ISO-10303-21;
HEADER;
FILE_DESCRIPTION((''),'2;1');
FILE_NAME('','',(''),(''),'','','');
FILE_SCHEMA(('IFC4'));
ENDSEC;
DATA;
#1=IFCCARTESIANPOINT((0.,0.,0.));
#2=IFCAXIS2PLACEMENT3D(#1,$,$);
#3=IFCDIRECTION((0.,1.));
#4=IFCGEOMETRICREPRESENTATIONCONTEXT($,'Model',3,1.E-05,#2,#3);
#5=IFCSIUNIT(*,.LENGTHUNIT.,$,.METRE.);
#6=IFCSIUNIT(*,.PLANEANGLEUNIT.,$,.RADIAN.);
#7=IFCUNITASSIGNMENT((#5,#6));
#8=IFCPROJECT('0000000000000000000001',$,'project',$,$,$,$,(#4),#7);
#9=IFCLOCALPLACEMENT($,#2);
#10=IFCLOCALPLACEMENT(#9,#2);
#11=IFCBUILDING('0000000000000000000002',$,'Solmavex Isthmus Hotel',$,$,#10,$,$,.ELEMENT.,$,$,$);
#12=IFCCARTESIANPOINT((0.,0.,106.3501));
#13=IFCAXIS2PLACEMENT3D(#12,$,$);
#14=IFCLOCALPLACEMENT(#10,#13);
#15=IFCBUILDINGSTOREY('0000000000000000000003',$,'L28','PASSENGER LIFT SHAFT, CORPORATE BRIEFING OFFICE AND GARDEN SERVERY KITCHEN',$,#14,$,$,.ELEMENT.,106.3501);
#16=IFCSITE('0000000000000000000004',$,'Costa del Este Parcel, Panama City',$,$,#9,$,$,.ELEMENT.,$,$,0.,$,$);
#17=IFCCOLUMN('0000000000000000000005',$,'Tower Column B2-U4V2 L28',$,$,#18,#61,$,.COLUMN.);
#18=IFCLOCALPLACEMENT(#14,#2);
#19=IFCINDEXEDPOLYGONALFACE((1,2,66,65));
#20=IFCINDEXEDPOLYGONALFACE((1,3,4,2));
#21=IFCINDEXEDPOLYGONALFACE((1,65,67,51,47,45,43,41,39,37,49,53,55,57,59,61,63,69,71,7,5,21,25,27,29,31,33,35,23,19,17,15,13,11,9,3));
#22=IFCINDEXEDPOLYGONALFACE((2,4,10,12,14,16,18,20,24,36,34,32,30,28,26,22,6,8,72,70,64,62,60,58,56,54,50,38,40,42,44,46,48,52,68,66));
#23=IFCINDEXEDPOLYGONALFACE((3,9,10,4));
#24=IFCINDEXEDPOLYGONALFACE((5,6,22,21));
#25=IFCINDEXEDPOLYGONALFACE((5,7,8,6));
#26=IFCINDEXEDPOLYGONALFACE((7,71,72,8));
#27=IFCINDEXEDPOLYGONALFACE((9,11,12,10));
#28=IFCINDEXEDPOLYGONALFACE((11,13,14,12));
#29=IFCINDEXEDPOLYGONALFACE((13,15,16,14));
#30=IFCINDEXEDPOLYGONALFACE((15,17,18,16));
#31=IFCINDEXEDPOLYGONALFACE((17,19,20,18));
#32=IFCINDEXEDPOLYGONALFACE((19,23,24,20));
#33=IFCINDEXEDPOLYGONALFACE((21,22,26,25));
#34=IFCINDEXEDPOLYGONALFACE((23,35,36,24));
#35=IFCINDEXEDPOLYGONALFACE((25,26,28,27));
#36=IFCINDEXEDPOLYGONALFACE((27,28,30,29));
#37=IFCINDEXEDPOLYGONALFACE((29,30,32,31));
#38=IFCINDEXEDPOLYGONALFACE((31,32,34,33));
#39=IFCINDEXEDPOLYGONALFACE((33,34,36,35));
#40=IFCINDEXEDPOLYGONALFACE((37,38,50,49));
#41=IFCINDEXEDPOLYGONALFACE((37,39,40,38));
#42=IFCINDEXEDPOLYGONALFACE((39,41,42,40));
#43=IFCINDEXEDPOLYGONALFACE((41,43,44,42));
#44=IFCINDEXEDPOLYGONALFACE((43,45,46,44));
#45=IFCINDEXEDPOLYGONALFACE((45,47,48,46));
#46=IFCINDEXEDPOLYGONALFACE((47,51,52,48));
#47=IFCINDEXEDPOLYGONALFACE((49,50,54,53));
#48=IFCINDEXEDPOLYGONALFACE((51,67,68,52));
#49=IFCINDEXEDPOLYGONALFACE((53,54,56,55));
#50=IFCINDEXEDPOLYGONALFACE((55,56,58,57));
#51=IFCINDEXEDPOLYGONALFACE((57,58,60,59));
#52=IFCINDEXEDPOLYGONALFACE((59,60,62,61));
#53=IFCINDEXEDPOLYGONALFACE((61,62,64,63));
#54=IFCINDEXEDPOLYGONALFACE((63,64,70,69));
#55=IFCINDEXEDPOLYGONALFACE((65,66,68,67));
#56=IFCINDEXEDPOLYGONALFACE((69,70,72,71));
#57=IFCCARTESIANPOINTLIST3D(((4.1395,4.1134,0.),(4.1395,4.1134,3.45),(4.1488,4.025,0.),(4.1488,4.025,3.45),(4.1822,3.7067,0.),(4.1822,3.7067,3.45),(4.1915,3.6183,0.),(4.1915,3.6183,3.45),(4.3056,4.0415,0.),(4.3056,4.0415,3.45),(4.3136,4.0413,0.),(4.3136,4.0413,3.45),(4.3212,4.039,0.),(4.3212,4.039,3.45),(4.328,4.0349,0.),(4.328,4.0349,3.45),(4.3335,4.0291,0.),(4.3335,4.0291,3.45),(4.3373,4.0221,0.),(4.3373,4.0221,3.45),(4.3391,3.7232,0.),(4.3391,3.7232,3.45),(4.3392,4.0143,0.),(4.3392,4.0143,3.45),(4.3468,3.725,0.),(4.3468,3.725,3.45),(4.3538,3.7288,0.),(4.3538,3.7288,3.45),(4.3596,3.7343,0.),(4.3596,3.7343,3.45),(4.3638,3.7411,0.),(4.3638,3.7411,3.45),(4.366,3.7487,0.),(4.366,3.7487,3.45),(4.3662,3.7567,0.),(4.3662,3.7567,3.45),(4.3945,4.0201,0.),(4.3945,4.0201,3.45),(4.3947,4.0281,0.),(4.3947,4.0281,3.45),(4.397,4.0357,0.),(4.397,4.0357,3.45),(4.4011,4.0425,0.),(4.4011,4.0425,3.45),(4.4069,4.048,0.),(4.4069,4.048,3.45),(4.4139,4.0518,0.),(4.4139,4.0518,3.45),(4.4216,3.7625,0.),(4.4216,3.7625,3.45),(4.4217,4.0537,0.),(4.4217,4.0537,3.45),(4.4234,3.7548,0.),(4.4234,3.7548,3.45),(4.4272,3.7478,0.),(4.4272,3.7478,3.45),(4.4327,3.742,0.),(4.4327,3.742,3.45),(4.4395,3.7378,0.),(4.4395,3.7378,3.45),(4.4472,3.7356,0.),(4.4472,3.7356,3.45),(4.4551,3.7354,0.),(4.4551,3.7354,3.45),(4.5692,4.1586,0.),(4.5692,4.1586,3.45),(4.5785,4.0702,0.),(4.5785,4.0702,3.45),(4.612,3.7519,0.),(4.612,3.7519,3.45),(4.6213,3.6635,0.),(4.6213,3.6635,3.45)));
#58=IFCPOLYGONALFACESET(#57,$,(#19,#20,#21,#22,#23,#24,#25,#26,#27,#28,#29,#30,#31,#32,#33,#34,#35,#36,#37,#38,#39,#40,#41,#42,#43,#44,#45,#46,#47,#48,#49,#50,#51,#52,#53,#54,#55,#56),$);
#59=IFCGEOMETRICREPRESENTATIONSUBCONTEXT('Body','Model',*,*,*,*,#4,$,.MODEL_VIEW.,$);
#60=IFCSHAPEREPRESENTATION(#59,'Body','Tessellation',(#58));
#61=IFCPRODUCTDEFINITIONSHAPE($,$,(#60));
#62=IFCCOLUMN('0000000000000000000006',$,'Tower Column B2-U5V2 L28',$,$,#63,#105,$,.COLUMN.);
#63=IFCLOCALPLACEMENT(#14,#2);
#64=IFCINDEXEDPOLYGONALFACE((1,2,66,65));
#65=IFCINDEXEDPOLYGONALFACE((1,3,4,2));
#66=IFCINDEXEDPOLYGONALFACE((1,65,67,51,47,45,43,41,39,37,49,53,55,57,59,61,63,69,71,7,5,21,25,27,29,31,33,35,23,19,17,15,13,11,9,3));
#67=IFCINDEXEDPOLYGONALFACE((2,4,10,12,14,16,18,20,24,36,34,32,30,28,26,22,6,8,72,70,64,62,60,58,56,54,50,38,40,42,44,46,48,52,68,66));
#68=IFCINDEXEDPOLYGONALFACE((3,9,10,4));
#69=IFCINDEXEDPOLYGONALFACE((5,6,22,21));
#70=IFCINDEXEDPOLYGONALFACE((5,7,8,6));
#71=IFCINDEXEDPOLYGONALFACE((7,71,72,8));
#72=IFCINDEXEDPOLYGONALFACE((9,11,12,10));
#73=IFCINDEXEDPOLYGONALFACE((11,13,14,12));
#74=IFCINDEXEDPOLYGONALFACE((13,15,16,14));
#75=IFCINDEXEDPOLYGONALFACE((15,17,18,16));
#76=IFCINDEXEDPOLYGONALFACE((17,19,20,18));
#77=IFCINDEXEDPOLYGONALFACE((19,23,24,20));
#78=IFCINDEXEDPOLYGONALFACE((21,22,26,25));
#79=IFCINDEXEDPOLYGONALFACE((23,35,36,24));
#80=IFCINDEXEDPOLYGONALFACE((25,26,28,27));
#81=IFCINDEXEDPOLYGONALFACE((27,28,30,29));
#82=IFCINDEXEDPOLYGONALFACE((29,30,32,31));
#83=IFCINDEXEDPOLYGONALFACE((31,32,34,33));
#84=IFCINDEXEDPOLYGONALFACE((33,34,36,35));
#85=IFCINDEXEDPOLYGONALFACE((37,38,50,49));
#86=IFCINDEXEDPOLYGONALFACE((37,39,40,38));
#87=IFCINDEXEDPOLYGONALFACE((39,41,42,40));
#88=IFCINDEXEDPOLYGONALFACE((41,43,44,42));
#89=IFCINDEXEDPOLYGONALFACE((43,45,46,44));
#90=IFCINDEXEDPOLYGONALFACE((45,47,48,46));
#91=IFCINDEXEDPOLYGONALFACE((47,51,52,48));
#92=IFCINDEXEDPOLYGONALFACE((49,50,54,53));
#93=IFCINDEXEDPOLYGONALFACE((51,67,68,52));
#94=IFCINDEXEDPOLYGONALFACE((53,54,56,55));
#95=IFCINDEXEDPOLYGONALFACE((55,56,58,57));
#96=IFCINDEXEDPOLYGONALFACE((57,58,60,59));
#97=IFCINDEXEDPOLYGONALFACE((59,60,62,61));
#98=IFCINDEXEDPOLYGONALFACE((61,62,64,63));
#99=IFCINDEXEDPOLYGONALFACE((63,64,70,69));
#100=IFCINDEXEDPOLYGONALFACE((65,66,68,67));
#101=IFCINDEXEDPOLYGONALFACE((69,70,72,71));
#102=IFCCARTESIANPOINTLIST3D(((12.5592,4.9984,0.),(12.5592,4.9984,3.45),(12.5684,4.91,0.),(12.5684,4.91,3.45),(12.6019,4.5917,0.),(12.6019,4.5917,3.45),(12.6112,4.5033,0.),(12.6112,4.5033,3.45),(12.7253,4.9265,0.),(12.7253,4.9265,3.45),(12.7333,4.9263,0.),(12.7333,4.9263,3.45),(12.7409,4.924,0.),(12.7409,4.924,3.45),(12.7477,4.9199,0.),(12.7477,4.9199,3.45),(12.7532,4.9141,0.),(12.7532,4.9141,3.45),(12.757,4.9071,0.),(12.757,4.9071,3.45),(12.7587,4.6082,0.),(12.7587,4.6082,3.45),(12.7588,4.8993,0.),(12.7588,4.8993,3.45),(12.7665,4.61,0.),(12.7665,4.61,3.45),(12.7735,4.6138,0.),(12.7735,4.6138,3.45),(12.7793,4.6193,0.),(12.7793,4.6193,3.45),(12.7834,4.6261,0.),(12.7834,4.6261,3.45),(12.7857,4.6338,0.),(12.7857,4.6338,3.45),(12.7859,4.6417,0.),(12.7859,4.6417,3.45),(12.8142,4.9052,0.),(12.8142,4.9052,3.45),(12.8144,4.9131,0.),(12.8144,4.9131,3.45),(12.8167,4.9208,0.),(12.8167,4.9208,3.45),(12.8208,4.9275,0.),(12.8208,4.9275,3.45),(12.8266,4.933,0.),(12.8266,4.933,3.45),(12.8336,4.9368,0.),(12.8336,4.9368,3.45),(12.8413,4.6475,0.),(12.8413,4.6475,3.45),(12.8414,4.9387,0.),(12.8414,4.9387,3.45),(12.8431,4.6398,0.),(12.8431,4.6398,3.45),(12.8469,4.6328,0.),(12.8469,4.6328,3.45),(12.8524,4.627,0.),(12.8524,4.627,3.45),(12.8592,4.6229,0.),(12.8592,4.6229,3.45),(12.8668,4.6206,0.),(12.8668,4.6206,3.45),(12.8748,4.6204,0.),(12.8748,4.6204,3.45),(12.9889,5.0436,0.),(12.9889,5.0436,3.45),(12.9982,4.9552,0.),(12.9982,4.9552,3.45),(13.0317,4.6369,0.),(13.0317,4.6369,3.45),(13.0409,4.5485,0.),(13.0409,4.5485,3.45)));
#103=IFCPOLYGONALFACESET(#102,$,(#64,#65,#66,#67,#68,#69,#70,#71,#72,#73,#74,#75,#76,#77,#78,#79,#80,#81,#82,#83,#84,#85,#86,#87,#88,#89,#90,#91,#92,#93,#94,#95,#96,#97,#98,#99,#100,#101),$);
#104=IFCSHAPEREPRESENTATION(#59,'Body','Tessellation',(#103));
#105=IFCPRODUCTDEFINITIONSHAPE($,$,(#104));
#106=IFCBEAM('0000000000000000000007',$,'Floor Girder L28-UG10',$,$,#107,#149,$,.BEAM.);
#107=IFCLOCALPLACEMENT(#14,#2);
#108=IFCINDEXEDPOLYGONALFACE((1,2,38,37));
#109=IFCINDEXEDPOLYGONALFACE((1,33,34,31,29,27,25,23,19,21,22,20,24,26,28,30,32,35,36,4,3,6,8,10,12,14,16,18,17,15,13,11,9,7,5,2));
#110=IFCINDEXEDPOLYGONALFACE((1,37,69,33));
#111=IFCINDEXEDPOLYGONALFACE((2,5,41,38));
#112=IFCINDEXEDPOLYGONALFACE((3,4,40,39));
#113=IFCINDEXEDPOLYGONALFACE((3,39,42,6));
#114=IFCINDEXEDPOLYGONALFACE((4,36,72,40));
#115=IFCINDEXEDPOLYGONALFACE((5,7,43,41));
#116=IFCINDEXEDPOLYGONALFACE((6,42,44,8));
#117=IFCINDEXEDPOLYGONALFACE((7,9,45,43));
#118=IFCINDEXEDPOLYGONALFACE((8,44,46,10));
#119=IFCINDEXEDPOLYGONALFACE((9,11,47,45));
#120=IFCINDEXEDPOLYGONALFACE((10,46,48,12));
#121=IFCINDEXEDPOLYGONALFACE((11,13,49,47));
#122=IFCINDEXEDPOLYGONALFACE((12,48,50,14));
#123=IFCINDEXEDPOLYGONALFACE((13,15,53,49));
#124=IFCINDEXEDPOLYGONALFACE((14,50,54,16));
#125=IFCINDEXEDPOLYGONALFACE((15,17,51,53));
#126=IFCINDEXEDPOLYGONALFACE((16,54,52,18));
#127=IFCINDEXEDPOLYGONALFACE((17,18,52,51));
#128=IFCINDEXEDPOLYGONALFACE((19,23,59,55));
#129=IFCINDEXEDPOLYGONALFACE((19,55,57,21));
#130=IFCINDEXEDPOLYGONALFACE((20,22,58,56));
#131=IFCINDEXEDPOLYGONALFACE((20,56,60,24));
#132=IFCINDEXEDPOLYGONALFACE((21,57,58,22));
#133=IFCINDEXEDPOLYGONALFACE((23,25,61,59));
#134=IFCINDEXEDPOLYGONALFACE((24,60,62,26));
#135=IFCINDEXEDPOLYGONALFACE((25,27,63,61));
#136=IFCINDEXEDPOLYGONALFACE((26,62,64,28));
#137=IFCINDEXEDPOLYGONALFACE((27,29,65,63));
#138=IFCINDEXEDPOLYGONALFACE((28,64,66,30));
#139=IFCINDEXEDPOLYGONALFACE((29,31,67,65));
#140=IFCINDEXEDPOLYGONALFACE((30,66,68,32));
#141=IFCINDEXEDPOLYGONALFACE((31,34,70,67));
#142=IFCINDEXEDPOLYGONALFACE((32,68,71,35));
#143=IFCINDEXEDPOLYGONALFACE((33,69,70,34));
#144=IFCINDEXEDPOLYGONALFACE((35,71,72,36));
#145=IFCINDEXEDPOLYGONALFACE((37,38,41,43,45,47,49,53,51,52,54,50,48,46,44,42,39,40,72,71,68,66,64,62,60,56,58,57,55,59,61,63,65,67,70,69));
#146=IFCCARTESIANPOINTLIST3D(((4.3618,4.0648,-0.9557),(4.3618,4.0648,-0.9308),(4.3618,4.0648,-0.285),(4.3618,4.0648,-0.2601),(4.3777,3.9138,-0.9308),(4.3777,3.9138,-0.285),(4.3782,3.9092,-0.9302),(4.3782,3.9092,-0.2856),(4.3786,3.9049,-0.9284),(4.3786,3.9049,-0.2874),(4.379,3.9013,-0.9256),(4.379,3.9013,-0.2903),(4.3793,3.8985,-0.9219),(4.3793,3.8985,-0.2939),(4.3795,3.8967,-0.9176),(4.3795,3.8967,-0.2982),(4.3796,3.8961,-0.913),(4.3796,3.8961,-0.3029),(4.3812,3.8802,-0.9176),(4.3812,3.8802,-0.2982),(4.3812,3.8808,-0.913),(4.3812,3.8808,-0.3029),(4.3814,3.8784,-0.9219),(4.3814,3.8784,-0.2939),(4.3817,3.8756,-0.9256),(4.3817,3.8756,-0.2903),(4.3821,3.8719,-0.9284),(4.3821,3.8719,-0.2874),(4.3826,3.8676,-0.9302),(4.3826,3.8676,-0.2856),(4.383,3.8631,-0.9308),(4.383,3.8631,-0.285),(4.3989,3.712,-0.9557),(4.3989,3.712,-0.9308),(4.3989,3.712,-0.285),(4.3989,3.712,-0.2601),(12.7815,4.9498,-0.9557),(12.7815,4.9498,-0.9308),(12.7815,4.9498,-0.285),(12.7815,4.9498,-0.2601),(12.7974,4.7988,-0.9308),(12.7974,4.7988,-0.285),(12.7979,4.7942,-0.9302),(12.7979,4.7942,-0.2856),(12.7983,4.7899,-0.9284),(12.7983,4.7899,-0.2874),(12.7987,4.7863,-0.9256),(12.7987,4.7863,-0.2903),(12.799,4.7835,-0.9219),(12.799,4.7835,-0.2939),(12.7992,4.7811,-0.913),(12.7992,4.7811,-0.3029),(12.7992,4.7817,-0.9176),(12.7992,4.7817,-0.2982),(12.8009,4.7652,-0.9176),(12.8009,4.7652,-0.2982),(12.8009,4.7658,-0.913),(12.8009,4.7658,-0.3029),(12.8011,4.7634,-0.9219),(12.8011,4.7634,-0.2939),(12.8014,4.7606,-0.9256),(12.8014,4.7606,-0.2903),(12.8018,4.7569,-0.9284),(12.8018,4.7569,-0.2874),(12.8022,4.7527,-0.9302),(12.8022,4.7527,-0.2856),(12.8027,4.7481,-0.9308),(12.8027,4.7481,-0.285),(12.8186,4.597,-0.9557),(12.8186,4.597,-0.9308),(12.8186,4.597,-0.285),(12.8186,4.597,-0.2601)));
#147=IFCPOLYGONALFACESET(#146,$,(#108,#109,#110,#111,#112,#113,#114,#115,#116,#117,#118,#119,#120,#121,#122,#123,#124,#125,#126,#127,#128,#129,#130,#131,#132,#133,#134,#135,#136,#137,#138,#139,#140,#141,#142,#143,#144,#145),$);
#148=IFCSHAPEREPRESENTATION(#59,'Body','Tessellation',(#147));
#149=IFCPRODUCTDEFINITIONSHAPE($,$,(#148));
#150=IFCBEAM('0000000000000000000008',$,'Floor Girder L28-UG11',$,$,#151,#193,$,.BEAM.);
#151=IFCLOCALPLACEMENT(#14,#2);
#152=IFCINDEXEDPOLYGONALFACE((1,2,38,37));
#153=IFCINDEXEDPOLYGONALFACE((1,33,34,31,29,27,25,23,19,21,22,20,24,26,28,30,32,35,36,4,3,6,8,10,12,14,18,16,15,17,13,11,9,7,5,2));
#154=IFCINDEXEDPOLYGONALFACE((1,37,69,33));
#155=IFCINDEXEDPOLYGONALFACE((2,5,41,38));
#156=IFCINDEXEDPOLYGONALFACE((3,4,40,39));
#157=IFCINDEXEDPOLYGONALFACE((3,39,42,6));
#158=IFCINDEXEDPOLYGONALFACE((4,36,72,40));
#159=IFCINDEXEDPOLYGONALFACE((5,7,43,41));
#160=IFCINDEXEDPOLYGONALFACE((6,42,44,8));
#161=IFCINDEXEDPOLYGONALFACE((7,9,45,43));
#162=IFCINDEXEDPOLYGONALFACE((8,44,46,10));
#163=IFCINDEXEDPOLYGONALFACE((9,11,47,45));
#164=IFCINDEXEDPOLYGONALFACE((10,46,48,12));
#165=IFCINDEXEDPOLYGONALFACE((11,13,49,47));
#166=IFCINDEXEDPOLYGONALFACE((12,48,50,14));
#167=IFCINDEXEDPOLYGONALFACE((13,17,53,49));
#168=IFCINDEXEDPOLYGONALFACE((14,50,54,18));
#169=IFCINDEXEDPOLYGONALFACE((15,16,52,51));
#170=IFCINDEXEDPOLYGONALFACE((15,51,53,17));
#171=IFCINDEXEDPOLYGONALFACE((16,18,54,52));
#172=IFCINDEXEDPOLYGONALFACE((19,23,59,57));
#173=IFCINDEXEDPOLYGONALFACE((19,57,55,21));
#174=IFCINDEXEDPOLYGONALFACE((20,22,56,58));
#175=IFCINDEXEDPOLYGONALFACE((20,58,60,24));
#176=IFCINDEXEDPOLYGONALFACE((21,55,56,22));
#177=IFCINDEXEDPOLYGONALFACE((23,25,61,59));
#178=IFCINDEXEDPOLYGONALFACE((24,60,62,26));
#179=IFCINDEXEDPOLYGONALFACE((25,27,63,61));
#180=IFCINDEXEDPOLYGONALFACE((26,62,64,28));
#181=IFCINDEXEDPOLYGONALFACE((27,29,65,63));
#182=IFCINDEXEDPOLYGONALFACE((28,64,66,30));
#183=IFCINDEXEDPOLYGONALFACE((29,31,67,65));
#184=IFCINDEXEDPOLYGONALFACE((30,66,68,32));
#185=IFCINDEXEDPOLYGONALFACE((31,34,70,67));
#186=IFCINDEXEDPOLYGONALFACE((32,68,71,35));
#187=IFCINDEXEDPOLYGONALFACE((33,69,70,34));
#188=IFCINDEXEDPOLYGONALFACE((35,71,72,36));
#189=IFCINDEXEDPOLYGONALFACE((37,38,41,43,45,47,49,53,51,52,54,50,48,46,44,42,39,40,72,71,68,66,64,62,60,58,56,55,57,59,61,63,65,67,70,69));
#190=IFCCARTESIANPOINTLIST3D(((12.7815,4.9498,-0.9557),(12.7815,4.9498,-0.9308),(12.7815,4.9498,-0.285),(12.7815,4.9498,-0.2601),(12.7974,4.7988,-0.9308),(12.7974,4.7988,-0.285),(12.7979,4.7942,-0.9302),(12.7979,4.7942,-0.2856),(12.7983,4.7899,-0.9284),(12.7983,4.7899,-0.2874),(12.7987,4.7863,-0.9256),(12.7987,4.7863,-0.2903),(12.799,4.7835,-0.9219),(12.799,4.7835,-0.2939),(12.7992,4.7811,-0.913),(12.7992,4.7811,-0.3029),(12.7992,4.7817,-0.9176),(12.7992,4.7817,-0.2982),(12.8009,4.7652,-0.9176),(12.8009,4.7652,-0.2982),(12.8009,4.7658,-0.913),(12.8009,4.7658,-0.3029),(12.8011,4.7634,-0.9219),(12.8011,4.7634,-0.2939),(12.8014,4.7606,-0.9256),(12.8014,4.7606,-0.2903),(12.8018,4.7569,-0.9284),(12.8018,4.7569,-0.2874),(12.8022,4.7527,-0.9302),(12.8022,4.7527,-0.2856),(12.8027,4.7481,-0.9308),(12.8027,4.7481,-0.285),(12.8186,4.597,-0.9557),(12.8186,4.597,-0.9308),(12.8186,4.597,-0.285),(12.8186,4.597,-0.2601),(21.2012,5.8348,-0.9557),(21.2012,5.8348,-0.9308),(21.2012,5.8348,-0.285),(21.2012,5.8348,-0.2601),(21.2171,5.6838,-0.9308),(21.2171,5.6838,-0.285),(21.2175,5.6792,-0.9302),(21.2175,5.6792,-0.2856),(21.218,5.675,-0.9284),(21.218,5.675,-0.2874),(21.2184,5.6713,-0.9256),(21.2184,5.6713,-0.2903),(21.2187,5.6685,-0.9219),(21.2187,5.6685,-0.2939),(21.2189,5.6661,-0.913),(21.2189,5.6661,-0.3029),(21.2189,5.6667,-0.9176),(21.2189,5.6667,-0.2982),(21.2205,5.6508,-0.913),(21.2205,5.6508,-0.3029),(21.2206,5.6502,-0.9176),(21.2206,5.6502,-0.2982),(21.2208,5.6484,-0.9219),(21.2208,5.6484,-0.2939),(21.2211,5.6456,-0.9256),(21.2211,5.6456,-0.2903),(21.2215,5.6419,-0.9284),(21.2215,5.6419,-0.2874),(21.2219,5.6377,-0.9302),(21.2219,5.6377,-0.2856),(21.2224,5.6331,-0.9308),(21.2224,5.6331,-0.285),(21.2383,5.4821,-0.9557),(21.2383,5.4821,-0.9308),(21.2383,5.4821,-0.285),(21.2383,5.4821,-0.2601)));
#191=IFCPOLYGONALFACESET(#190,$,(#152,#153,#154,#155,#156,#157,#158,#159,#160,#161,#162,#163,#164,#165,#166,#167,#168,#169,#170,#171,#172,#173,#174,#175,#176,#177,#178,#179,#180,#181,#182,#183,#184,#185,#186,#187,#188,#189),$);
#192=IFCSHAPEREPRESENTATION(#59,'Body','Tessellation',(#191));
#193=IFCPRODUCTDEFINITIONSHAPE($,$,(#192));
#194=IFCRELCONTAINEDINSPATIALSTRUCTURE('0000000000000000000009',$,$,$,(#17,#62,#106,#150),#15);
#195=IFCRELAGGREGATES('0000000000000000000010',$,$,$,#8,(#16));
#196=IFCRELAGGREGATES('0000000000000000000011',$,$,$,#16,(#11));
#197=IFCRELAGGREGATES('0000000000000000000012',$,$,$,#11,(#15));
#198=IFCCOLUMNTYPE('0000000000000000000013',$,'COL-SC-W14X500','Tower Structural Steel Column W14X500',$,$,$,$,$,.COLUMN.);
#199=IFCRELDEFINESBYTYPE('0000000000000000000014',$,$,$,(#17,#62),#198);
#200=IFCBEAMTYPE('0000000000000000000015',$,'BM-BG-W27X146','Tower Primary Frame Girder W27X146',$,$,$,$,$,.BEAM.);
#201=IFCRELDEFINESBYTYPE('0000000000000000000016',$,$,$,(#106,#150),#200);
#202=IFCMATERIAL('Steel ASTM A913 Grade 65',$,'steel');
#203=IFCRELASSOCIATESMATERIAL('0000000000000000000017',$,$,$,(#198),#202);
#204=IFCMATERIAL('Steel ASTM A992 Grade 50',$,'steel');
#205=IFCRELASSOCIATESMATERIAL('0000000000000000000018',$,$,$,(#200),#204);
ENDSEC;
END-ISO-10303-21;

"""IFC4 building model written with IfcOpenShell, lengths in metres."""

from ifc_helpers import new_model, si_unit, direction, frame, origin, origin_2d, place, context, subcontext, project, spatial, i_section, extrude, material, material_profile, profile_set, type_object, element, save


model = new_model("IFC4")

# Units and contexts
model_context = context("Model", 3, precision=1e-05, world=origin(), true_north=direction((0.0, 1.0)))
body_context = subcontext(model_context, "Body", "Model", "MODEL_VIEW")
ifc_project = project(units=[si_unit("LENGTHUNIT", "METRE"), si_unit("PLANEANGLEUNIT", "RADIAN")], contexts=[model_context])

# Site, building, storey
site_placement = place(None, origin())
site = spatial("IfcSite", under=ifc_project, at=site_placement, Name="Costa del Este Parcel, Panama City", CompositionType="ELEMENT", RefElevation=0.0)
building_placement = place(site_placement, origin())
building = spatial("IfcBuilding", under=site, at=building_placement, Name="Solmavex Isthmus Hotel", CompositionType="ELEMENT")
storey_placement = place(building_placement, frame((0.0, 0.0, 106.3501)))
storey = spatial("IfcBuildingStorey", under=building, at=storey_placement, Name="L28", Description="PASSENGER LIFT SHAFT, CORPORATE BRIEFING OFFICE AND GARDEN SERVERY KITCHEN", CompositionType="ELEMENT", Elevation=106.3501)

# Columns
ifc_material_1 = material(Name="Steel ASTM A913 Grade 65", Category="steel")
ifc_material_profile_1 = material_profile(ifc_material_1, i_section(OverallWidth=0.4321, OverallDepth=0.4978, WebThickness=0.0557, FlangeThickness=0.0889, FilletRadius=0.0305, at=origin_2d()), Name="W14X500")
ifc_profile_set_1 = profile_set([ifc_material_profile_1], Name="Steel ASTM A913 Grade 65")
column_type = type_object("IfcColumnType", Name="COL-SC-W14X500", Description="Tower Structural Steel Column W14X500", PredefinedType="COLUMN", material=ifc_profile_set_1)
for number, where, z_axis, x_axis, name in (
    (1, (4.3804, 3.8884, 0.0), (0.0, 0.0, 1.0), (0.994522, 0.104528, 0.0), "Tower Column B2-U4V2 L28"),
    (2, (12.8, 4.7734, 0.0), (0.0, 0.0, 1.0), (0.994522, 0.104528, 0.0), "Tower Column B2-U5V2 L28"),
):
    element("IfcColumn", number, at=place(storey_placement, frame(where, z_axis=z_axis, x_axis=x_axis)), inside=storey, type_object=column_type, Name=name, PredefinedType="COLUMN", context=body_context, shape_type="SweptSolid", body=[
        extrude(i_section(OverallWidth=0.4321, OverallDepth=0.4978, WebThickness=0.0557, FlangeThickness=0.0889, FilletRadius=0.0305, at=origin_2d()), origin(), (0.0, 0.0, 1.0), 3.45),
    ])

# Beams
ifc_material_2 = material(Name="Steel ASTM A992 Grade 50", Category="steel")
ifc_material_profile_2 = material_profile(ifc_material_2, i_section(OverallWidth=0.3547, OverallDepth=0.6956, WebThickness=0.0154, FlangeThickness=0.0249, FilletRadius=0.0178, at=origin_2d()), Name="W27X146")
ifc_profile_set_2 = profile_set([ifc_material_profile_2], Name="Steel ASTM A992 Grade 50")
beam_type_1 = type_object("IfcBeamType", Name="BM-BG-W27X146", Description="Tower Primary Frame Girder W27X146", PredefinedType="BEAM", material=ifc_profile_set_2)
for number, where, z_axis, x_axis, name in (
    (3, (4.3804, 3.8884, -0.6079), (0.994521, 0.104536, 0.0), (-0.104536, 0.994521, 0.0), "Floor Girder L28-UG10"),
    (4, (12.8, 4.7734, -0.6079), (0.994521, 0.104536, 0.0), (-0.104536, 0.994521, 0.0), "Floor Girder L28-UG11"),
):
    element("IfcBeam", number, at=place(storey_placement, frame(where, z_axis=z_axis, x_axis=x_axis)), inside=storey, type_object=beam_type_1, Name=name, PredefinedType="BEAM", context=body_context, shape_type="SweptSolid", body=[
        extrude(i_section(OverallWidth=0.3547, OverallDepth=0.6956, WebThickness=0.0154, FlangeThickness=0.0249, FilletRadius=0.0178, at=origin_2d()), origin(), (0.0, 0.0, 1.0), 8.4661),
    ])

save(model, "model.ifc")
